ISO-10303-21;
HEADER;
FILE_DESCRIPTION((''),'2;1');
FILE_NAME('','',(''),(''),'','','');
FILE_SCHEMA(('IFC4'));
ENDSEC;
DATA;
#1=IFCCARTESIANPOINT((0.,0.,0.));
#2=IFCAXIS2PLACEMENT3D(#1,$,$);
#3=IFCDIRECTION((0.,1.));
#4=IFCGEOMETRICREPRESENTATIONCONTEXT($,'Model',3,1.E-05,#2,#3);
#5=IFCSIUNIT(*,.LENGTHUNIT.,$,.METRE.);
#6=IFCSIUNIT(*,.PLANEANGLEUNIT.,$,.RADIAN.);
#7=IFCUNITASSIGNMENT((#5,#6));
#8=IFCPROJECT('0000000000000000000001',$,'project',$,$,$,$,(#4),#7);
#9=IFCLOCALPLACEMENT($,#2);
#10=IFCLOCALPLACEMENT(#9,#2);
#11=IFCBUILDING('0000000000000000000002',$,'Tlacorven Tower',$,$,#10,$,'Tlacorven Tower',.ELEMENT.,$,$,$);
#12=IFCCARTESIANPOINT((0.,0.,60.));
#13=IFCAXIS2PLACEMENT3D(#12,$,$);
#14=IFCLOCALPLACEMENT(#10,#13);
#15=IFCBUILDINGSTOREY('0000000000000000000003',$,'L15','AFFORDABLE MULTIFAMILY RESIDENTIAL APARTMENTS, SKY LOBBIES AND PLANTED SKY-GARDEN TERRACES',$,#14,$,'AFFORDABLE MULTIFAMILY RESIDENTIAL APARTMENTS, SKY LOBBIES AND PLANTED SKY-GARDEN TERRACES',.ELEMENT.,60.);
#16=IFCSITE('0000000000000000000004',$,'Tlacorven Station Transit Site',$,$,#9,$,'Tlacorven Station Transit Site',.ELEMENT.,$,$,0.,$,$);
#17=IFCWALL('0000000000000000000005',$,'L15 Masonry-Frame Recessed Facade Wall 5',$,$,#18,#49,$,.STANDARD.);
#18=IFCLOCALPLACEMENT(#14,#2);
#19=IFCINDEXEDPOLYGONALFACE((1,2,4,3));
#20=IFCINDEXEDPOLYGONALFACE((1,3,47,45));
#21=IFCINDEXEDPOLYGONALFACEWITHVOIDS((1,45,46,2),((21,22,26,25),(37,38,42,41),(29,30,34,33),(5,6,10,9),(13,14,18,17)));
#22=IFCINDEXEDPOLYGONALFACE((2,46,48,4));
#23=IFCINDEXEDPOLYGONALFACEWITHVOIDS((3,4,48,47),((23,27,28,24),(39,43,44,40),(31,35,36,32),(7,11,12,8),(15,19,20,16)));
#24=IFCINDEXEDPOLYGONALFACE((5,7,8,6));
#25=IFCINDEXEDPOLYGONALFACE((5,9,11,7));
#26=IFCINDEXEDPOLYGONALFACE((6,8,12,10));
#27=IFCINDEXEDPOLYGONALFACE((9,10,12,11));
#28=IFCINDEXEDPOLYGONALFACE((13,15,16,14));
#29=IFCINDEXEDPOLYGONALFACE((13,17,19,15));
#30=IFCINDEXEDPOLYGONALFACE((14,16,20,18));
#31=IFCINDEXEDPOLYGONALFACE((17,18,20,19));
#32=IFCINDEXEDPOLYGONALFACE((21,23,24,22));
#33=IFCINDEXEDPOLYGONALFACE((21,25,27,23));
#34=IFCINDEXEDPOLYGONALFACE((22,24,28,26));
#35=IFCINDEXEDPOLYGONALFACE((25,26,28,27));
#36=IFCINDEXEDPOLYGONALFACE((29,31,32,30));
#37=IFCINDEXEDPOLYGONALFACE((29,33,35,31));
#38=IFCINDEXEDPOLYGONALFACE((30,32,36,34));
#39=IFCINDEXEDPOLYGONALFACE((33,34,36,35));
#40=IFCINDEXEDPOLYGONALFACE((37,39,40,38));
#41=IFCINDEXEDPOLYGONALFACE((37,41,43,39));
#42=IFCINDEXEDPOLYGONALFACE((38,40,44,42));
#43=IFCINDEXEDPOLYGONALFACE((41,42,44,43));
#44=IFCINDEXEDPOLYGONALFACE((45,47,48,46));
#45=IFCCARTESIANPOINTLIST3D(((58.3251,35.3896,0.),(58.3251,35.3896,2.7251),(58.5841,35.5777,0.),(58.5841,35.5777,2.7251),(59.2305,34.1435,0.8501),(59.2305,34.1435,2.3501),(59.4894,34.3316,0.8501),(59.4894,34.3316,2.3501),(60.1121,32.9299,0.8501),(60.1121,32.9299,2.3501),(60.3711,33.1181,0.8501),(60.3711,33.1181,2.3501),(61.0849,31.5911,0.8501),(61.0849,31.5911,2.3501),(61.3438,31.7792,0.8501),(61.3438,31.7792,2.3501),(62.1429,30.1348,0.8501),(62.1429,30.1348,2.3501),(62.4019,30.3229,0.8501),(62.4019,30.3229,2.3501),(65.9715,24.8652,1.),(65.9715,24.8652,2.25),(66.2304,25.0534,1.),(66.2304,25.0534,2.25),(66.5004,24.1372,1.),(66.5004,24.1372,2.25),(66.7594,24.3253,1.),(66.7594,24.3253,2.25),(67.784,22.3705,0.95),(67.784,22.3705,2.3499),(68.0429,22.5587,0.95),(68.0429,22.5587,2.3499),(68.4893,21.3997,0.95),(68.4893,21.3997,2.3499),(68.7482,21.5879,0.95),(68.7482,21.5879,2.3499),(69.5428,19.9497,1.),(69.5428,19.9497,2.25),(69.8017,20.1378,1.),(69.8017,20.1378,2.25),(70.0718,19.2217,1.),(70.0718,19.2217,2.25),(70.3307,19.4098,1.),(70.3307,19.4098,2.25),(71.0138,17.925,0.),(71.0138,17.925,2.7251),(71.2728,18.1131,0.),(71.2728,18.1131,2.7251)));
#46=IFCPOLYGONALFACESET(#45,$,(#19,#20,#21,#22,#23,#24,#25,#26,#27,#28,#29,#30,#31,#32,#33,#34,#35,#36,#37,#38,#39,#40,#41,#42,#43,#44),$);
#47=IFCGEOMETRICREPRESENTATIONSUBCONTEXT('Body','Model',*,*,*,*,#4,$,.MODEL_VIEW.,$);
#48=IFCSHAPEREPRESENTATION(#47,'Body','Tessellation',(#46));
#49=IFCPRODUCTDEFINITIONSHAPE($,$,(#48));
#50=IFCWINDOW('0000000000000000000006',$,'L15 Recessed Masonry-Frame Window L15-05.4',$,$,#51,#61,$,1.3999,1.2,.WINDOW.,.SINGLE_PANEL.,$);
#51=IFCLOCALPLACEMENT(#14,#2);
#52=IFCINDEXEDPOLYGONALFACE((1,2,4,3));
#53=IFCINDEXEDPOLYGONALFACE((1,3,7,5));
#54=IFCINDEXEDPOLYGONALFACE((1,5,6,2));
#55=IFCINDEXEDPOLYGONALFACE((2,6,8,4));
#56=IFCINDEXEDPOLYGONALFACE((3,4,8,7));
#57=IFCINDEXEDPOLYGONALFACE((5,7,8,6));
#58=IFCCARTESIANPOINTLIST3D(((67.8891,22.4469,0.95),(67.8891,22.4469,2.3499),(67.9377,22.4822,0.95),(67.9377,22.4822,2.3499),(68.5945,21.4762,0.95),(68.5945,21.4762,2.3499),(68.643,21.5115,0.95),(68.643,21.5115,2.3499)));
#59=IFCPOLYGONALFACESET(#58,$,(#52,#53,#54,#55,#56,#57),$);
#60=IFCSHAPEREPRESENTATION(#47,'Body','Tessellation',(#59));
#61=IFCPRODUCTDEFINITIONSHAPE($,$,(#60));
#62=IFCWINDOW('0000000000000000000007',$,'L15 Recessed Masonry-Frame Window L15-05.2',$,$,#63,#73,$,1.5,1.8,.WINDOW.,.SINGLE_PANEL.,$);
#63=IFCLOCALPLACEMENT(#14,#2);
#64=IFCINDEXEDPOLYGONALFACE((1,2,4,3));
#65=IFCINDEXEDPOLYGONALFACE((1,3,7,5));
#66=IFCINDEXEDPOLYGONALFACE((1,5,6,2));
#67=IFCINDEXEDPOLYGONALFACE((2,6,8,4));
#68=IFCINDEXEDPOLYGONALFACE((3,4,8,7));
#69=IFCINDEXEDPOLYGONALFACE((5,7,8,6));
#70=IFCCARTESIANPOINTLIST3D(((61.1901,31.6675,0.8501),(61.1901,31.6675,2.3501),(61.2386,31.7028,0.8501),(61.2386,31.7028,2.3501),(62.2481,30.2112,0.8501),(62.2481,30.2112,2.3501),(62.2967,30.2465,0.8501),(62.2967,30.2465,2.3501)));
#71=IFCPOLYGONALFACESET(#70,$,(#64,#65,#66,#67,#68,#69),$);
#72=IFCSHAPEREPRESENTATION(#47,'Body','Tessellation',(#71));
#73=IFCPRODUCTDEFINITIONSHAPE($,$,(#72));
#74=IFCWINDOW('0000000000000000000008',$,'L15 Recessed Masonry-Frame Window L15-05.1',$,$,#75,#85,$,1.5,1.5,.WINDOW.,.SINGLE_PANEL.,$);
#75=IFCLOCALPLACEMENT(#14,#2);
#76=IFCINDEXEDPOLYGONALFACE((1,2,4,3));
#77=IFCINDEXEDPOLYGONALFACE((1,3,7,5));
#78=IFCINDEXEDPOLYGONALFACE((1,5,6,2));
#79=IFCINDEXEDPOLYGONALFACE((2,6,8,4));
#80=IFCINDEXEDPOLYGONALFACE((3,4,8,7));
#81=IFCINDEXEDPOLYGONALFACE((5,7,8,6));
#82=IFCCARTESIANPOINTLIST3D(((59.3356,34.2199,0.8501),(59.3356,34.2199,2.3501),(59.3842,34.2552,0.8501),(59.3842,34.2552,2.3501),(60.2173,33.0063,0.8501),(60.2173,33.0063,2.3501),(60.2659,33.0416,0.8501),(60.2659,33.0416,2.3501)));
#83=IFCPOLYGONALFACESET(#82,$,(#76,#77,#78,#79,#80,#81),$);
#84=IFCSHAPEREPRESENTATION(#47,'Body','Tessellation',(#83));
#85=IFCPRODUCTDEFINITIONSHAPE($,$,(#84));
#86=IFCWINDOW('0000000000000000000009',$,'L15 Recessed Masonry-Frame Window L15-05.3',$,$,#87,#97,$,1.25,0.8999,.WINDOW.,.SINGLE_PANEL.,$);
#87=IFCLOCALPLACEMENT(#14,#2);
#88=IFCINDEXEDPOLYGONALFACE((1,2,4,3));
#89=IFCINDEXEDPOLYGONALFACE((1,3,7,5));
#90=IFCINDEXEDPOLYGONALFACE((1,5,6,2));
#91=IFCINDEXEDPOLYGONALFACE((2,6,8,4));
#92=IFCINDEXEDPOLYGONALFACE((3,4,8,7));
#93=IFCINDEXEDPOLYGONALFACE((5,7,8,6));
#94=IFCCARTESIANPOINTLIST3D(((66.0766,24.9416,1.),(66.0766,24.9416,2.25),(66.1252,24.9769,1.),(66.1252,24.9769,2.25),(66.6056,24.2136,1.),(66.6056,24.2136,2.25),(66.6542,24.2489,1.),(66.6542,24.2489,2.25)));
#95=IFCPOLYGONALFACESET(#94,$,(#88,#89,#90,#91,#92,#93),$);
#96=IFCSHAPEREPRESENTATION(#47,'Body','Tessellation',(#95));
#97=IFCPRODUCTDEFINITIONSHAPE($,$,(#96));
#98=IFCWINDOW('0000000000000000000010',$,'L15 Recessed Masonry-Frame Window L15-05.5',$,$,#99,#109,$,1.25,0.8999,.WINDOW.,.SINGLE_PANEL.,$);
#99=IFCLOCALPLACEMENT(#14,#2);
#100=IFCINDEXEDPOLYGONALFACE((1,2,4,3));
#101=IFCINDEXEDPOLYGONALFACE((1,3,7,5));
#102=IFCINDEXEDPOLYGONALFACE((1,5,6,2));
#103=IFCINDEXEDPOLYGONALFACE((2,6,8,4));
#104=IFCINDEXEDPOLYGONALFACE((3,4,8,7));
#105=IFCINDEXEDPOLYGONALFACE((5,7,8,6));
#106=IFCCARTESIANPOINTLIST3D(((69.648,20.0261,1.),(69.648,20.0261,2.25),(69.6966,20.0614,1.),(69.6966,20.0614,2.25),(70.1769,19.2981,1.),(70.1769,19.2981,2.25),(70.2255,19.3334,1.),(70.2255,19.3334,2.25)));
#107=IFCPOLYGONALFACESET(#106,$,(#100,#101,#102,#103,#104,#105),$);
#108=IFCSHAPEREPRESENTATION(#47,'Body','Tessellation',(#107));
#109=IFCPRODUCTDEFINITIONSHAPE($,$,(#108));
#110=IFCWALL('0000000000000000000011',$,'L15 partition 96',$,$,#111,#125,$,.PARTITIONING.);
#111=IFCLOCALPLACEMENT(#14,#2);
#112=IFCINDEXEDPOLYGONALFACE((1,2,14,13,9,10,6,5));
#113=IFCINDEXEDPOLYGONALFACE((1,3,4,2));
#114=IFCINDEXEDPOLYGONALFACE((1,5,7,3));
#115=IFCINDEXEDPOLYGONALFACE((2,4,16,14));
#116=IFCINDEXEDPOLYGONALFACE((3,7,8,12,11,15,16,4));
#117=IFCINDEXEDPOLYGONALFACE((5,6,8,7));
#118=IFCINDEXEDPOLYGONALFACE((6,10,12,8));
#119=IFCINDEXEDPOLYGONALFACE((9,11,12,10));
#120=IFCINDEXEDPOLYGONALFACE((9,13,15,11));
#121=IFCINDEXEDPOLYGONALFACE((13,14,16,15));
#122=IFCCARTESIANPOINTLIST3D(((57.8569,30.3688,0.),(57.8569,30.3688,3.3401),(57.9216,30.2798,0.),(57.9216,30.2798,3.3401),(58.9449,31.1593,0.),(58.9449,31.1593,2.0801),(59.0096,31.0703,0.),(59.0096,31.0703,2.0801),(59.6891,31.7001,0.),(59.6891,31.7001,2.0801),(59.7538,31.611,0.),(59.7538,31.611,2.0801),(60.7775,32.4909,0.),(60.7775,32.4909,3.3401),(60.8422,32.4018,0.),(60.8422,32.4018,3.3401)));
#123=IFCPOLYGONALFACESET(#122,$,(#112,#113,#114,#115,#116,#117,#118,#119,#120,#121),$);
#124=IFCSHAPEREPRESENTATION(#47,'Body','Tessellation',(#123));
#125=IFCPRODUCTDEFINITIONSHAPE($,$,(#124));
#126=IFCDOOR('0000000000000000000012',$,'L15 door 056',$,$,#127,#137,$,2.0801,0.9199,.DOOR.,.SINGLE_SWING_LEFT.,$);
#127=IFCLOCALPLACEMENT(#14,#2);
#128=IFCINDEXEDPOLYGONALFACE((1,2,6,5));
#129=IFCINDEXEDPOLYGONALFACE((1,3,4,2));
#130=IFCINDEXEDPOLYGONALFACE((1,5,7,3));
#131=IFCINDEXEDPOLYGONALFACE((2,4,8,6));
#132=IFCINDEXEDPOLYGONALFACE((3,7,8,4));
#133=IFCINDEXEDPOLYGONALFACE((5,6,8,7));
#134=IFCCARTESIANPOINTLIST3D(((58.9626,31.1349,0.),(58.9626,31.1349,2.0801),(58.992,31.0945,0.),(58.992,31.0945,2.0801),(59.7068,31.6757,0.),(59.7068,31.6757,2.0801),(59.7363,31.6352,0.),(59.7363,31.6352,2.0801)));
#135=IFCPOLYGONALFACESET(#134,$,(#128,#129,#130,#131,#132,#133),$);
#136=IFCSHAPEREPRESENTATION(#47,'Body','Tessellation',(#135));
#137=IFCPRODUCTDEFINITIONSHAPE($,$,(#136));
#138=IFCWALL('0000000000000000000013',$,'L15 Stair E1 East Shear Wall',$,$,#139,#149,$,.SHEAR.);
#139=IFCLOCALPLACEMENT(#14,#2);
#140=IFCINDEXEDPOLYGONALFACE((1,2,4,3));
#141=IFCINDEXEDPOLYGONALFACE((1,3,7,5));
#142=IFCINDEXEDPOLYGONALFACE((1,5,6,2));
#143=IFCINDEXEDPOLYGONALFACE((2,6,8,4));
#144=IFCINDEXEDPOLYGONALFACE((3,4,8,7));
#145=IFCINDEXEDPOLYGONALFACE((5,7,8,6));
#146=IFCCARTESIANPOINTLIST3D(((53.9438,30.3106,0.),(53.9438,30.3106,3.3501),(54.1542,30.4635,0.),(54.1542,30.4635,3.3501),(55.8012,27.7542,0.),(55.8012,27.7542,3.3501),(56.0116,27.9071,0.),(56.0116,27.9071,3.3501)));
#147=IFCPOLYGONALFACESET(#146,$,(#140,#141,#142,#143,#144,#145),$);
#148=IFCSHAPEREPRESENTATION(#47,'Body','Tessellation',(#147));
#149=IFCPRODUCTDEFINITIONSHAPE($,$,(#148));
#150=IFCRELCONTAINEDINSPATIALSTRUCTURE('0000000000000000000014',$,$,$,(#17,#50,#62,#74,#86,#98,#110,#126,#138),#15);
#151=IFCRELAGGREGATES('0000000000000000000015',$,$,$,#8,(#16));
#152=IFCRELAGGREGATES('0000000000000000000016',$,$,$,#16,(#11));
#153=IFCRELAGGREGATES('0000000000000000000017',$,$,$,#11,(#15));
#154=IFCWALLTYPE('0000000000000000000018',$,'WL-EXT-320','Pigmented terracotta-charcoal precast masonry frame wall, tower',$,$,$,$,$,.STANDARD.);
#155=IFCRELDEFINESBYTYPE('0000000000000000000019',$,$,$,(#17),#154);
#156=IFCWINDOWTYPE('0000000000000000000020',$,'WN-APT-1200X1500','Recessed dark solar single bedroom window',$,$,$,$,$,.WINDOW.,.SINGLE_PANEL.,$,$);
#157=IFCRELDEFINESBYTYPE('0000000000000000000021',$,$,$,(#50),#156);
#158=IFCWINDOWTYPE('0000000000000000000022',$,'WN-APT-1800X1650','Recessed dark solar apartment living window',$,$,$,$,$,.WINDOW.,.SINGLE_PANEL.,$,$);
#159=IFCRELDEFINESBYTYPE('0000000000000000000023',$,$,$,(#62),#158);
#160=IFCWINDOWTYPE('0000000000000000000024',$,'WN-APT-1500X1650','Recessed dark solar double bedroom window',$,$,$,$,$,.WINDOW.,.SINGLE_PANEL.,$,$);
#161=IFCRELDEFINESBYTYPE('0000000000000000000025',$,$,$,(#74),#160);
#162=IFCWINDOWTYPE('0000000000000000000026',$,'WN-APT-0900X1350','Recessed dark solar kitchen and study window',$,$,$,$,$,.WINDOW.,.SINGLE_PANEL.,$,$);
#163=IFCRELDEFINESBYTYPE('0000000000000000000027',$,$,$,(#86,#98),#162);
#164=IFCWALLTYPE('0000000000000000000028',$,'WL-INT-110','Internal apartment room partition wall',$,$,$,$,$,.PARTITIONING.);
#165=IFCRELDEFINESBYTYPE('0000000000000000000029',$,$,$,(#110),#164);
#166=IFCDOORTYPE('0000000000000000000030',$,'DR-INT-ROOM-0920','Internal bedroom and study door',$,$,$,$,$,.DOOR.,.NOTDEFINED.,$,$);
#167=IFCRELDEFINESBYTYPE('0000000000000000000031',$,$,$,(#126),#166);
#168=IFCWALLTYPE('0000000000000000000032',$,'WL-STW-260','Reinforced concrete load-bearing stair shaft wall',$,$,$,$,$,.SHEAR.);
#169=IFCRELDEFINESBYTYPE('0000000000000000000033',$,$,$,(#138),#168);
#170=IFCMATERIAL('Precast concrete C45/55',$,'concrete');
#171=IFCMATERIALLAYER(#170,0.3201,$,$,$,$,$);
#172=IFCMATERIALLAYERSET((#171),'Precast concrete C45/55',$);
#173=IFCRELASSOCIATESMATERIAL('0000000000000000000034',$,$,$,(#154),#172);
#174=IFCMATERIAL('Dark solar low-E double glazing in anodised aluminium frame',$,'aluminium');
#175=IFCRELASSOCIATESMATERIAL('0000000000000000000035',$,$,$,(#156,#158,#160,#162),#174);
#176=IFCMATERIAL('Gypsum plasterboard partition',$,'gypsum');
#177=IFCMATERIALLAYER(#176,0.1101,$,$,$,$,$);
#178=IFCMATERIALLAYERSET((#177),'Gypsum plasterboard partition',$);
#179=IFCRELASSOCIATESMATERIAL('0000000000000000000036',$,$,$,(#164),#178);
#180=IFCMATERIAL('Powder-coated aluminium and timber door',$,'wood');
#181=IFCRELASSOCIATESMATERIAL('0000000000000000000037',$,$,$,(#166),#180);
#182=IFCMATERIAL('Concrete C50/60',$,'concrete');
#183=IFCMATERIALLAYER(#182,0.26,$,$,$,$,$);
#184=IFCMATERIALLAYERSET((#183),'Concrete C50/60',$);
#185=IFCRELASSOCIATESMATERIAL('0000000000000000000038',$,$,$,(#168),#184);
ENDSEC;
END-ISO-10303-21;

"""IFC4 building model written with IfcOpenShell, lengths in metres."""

from ifc_helpers import new_model, si_unit, direction, frame, frame_2d, origin, place, context, subcontext, project, spatial, rectangle, extrude, source, transform, mapped, material, layer, layer_set, type_object, element, fill, save


model = new_model("IFC4")

# Units and contexts
model_context = context("Model", 3, precision=1e-05, world=origin(), true_north=direction((0.0, 1.0)))
body_context = subcontext(model_context, "Body", "Model", "MODEL_VIEW")
ifc_project = project(units=[si_unit("LENGTHUNIT", "METRE"), si_unit("PLANEANGLEUNIT", "RADIAN")], contexts=[model_context])

# Site, building, storey
site_placement = place(None, origin())
site = spatial("IfcSite", under=ifc_project, at=site_placement, Name="Tlacorven Station Transit Site", LongName="Tlacorven Station Transit Site", CompositionType="ELEMENT", RefElevation=0.0)
building_placement = place(site_placement, origin())
building = spatial("IfcBuilding", under=site, at=building_placement, Name="Tlacorven Tower", LongName="Tlacorven Tower", CompositionType="ELEMENT")
storey_placement = place(building_placement, frame((0.0, 0.0, 60.0)))
storey = spatial("IfcBuildingStorey", under=building, at=storey_placement, Name="L15", Description="AFFORDABLE MULTIFAMILY RESIDENTIAL APARTMENTS, SKY LOBBIES AND PLANTED SKY-GARDEN TERRACES", LongName="AFFORDABLE MULTIFAMILY RESIDENTIAL APARTMENTS, SKY LOBBIES AND PLANTED SKY-GARDEN TERRACES", CompositionType="ELEMENT", Elevation=60.0)

# Wall, openings, windows
ifc_material_1 = material(Name="Precast concrete C45/55", Category="concrete")
ifc_layer_1 = layer(ifc_material_1, 0.3201)
ifc_layer_set_1 = layer_set([ifc_layer_1], Name="Precast concrete C45/55")
wall_type_1 = type_object("IfcWallType", Name="WL-EXT-320", Description="Pigmented terracotta-charcoal precast masonry frame wall, tower", PredefinedType="STANDARD", material=ifc_layer_set_1)
wall_1_placement = place(storey_placement, frame((58.4546, 35.4836, 0.0), z_axis=(0.0, 0.0, 1.0), x_axis=(0.587784, -0.809018, 0.0)))
wall_1 = element("IfcWall", 1, at=wall_1_placement, inside=storey, type_object=wall_type_1, Name="L15 Masonry-Frame Recessed Facade Wall 5", PredefinedType="STANDARD", context=body_context, shape_type="SweptSolid", body=[
    extrude(rectangle(XDim=21.5874, YDim=0.3201, at=frame_2d((10.7937, 0.0))), origin(), (0.0, 0.0, 1.0), 2.7251),
])
opening_1_placement = place(wall_1_placement, frame((1.5403, 0.0, 0.8501)))
opening_1 = element("IfcOpeningElement", 2, at=opening_1_placement, cuts=wall_1, PredefinedType="OPENING", context=body_context, shape_type="SweptSolid", body=[
    extrude(rectangle(XDim=1.5, YDim=1.5, at=frame_2d((0.75, 0.75))), frame((0.0, 0.1699, 0.0), z_axis=(0.0, -1.0, 0.0), x_axis=(1.0, 0.0, 0.0)), (0.0, 0.0, 1.0), 0.3401),
])
opening_2_placement = place(wall_1_placement, frame((4.6953, 0.0, 0.8501)))
opening_2 = element("IfcOpeningElement", 3, at=opening_2_placement, cuts=wall_1, PredefinedType="OPENING", context=body_context, shape_type="SweptSolid", body=[
    extrude(rectangle(XDim=1.8, YDim=1.5, at=frame_2d((0.8999, 0.75))), frame((0.0, 0.1699, 0.0), z_axis=(0.0, -1.0, 0.0), x_axis=(1.0, 0.0, 0.0)), (0.0, 0.0, 1.0), 0.3401),
])
opening_3_placement = place(wall_1_placement, frame((13.0088, 0.0, 1.0)))
opening_3 = element("IfcOpeningElement", 4, at=opening_3_placement, cuts=wall_1, PredefinedType="OPENING", context=body_context, shape_type="SweptSolid", body=[
    extrude(rectangle(XDim=0.8999, YDim=1.25, at=frame_2d((0.45, 0.625))), frame((0.0, 0.1699, 0.0), z_axis=(0.0, -1.0, 0.0), x_axis=(1.0, 0.0, 0.0)), (0.0, 0.0, 1.0), 0.3401),
])
opening_4_placement = place(wall_1_placement, frame((16.0923, 0.0, 0.95)))
opening_4 = element("IfcOpeningElement", 5, at=opening_4_placement, cuts=wall_1, PredefinedType="OPENING", context=body_context, shape_type="SweptSolid", body=[
    extrude(rectangle(XDim=1.2, YDim=1.3999, at=frame_2d((0.6001, 0.7))), frame((0.0, 0.1699, 0.0), z_axis=(0.0, -1.0, 0.0), x_axis=(1.0, 0.0, 0.0)), (0.0, 0.0, 1.0), 0.3401),
])
opening_5_placement = place(wall_1_placement, frame((19.0847, 0.0, 1.0)))
opening_5 = element("IfcOpeningElement", 6, at=opening_5_placement, cuts=wall_1, PredefinedType="OPENING", context=body_context, shape_type="SweptSolid", body=[
    extrude(rectangle(XDim=0.8999, YDim=1.25, at=frame_2d((0.45, 0.625))), frame((0.0, 0.1699, 0.0), z_axis=(0.0, -1.0, 0.0), x_axis=(1.0, 0.0, 0.0)), (0.0, 0.0, 1.0), 0.3401),
])
ifc_material_2 = material(Name="Dark solar low-E double glazing in anodised aluminium frame", Category="aluminium")
window_type_1 = type_object("IfcWindowType", Name="WN-APT-1200X1500", Description="Recessed dark solar single bedroom window", PartitioningType="SINGLE_PANEL", PredefinedType="WINDOW", material=ifc_material_2)
shared_shape_1 = source(origin(), body_context, "Body", "SweptSolid", [
    extrude(rectangle(XDim=1.2, YDim=1.3999, at=frame_2d((0.6001, 0.7))), frame((0.0, 0.03, 0.0), z_axis=(0.0, -1.0, 0.0), x_axis=(1.0, 0.0, 0.0)), (0.0, 0.0, 1.0), 0.0601),
])
window_1_placement = place(opening_4_placement, origin())
window_1 = element("IfcWindow", 7, at=window_1_placement, inside=storey, type_object=window_type_1, Name="L15 Recessed Masonry-Frame Window L15-05.4", OverallHeight=1.3999, OverallWidth=1.2, PartitioningType="SINGLE_PANEL", PredefinedType="WINDOW", context=body_context, shape_type="MappedRepresentation", body=[
    mapped(shared_shape_1, transform((0.0, 0.0, 0.0), scale=1.0)),
])
fill(opening_4, window_1)
window_type_2 = type_object("IfcWindowType", Name="WN-APT-1800X1650", Description="Recessed dark solar apartment living window", PartitioningType="SINGLE_PANEL", PredefinedType="WINDOW", material=ifc_material_2)
shared_shape_2 = source(origin(), body_context, "Body", "SweptSolid", [
    extrude(rectangle(XDim=1.8, YDim=1.5, at=frame_2d((0.8999, 0.75))), frame((0.0, 0.03, 0.0), z_axis=(0.0, -1.0, 0.0), x_axis=(1.0, 0.0, 0.0)), (0.0, 0.0, 1.0), 0.0601),
])
window_2_placement = place(opening_2_placement, origin())
window_2 = element("IfcWindow", 8, at=window_2_placement, inside=storey, type_object=window_type_2, Name="L15 Recessed Masonry-Frame Window L15-05.2", OverallHeight=1.5, OverallWidth=1.8, PartitioningType="SINGLE_PANEL", PredefinedType="WINDOW", context=body_context, shape_type="MappedRepresentation", body=[
    mapped(shared_shape_2, transform((0.0, 0.0, 0.0), scale=1.0)),
])
fill(opening_2, window_2)
window_type_3 = type_object("IfcWindowType", Name="WN-APT-1500X1650", Description="Recessed dark solar double bedroom window", PartitioningType="SINGLE_PANEL", PredefinedType="WINDOW", material=ifc_material_2)
shared_shape_3 = source(origin(), body_context, "Body", "SweptSolid", [
    extrude(rectangle(XDim=1.5, YDim=1.5, at=frame_2d((0.75, 0.75))), frame((0.0, 0.03, 0.0), z_axis=(0.0, -1.0, 0.0), x_axis=(1.0, 0.0, 0.0)), (0.0, 0.0, 1.0), 0.0601),
])
window_3_placement = place(opening_1_placement, origin())
window_3 = element("IfcWindow", 9, at=window_3_placement, inside=storey, type_object=window_type_3, Name="L15 Recessed Masonry-Frame Window L15-05.1", OverallHeight=1.5, OverallWidth=1.5, PartitioningType="SINGLE_PANEL", PredefinedType="WINDOW", context=body_context, shape_type="MappedRepresentation", body=[
    mapped(shared_shape_3, transform((0.0, 0.0, 0.0), scale=1.0)),
])
fill(opening_1, window_3)
window_type_4 = type_object("IfcWindowType", Name="WN-APT-0900X1350", Description="Recessed dark solar kitchen and study window", PartitioningType="SINGLE_PANEL", PredefinedType="WINDOW", material=ifc_material_2)
shared_shape_4 = source(origin(), body_context, "Body", "SweptSolid", [
    extrude(rectangle(XDim=0.8999, YDim=1.25, at=frame_2d((0.45, 0.625))), frame((0.0, 0.03, 0.0), z_axis=(0.0, -1.0, 0.0), x_axis=(1.0, 0.0, 0.0)), (0.0, 0.0, 1.0), 0.0601),
])
window_4_placement = place(opening_3_placement, origin())
window_4 = element("IfcWindow", 10, at=window_4_placement, inside=storey, type_object=window_type_4, Name="L15 Recessed Masonry-Frame Window L15-05.3", OverallHeight=1.25, OverallWidth=0.8999, PartitioningType="SINGLE_PANEL", PredefinedType="WINDOW", context=body_context, shape_type="MappedRepresentation", body=[
    mapped(shared_shape_4, transform((0.0, 0.0, 0.0), scale=1.0)),
])
fill(opening_3, window_4)
window_5_placement = place(opening_5_placement, origin())
window_5 = element("IfcWindow", 11, at=window_5_placement, inside=storey, type_object=window_type_4, Name="L15 Recessed Masonry-Frame Window L15-05.5", OverallHeight=1.25, OverallWidth=0.8999, PartitioningType="SINGLE_PANEL", PredefinedType="WINDOW", context=body_context, shape_type="MappedRepresentation", body=[
    mapped(shared_shape_4, transform((0.0, 0.0, 0.0), scale=1.0)),
])
fill(opening_5, window_5)

# Wall, opening, door
ifc_material_3 = material(Name="Gypsum plasterboard partition", Category="gypsum")
ifc_layer_2 = layer(ifc_material_3, 0.1101)
ifc_layer_set_2 = layer_set([ifc_layer_2], Name="Gypsum plasterboard partition")
wall_type_2 = type_object("IfcWallType", Name="WL-INT-110", Description="Internal apartment room partition wall", PredefinedType="PARTITIONING", material=ifc_layer_set_2)
wall_2_placement = place(storey_placement, frame((57.8892, 30.3242, 0.0), z_axis=(0.0, 0.0, 1.0), x_axis=(0.809005, 0.587802, 0.0)))
wall_2 = element("IfcWall", 12, at=wall_2_placement, inside=storey, type_object=wall_type_2, Name="L15 partition 96", PredefinedType="PARTITIONING", context=body_context, shape_type="SweptSolid", body=[
    extrude(rectangle(XDim=3.6101, YDim=0.1101, at=frame_2d((1.8052, 0.0))), origin(), (0.0, 0.0, 1.0), 3.3401),
])
opening_6_placement = place(wall_2_placement, frame((1.345, 0.0, 0.0)))
opening_6 = element("IfcOpeningElement", 13, at=opening_6_placement, cuts=wall_2, PredefinedType="OPENING", context=body_context, shape_type="SweptSolid", body=[
    extrude(rectangle(XDim=0.9199, YDim=2.0801, at=frame_2d((0.46, 1.04))), frame((0.0, 0.0649, 0.0), z_axis=(0.0, -1.0, 0.0), x_axis=(1.0, 0.0, 0.0)), (0.0, 0.0, 1.0), 0.1301),
])
ifc_material_4 = material(Name="Powder-coated aluminium and timber door", Category="wood")
door_type_1 = type_object("IfcDoorType", Name="DR-INT-ROOM-0920", Description="Internal bedroom and study door", OperationType="NOTDEFINED", PredefinedType="DOOR", material=ifc_material_4)
shared_shape_5 = source(origin(), body_context, "Body", "SweptSolid", [
    extrude(rectangle(XDim=0.9199, YDim=2.0801, at=frame_2d((0.46, 1.04))), frame((0.0, 0.0249, 0.0), z_axis=(0.0, -1.0, 0.0), x_axis=(1.0, 0.0, 0.0)), (0.0, 0.0, 1.0), 0.05),
])
door_1_placement = place(opening_6_placement, origin())
door_1 = element("IfcDoor", 14, at=door_1_placement, inside=storey, type_object=door_type_1, Name="L15 door 056", OperationType="SINGLE_SWING_LEFT", OverallHeight=2.0801, OverallWidth=0.9199, PredefinedType="DOOR", context=body_context, shape_type="MappedRepresentation", body=[
    mapped(shared_shape_5, transform((0.0, 0.0, 0.0), scale=1.0)),
])
fill(opening_6, door_1)

# Wall
ifc_material_5 = material(Name="Concrete C50/60", Category="concrete")
ifc_layer_3 = layer(ifc_material_5, 0.26)
ifc_layer_set_3 = layer_set([ifc_layer_3], Name="Concrete C50/60")
wall_type_3 = type_object("IfcWallType", Name="WL-STW-260", Description="Reinforced concrete load-bearing stair shaft wall", PredefinedType="SHEAR", material=ifc_layer_set_3)
wall_3_placement = place(storey_placement, frame((55.9065, 27.8306, 0.0), z_axis=(0.0, 0.0, 1.0), x_axis=(-0.587804, 0.809003, 0.0)))
element("IfcWall", 15, at=wall_3_placement, inside=storey, type_object=wall_type_3, Name="L15 Stair E1 East Shear Wall", PredefinedType="SHEAR", context=body_context, shape_type="SweptSolid", body=[
    extrude(rectangle(XDim=3.1599, YDim=0.26, at=frame_2d((1.5801, 0.0))), origin(), (0.0, 0.0, 1.0), 3.3501),
])

save(model, "model.ifc")
